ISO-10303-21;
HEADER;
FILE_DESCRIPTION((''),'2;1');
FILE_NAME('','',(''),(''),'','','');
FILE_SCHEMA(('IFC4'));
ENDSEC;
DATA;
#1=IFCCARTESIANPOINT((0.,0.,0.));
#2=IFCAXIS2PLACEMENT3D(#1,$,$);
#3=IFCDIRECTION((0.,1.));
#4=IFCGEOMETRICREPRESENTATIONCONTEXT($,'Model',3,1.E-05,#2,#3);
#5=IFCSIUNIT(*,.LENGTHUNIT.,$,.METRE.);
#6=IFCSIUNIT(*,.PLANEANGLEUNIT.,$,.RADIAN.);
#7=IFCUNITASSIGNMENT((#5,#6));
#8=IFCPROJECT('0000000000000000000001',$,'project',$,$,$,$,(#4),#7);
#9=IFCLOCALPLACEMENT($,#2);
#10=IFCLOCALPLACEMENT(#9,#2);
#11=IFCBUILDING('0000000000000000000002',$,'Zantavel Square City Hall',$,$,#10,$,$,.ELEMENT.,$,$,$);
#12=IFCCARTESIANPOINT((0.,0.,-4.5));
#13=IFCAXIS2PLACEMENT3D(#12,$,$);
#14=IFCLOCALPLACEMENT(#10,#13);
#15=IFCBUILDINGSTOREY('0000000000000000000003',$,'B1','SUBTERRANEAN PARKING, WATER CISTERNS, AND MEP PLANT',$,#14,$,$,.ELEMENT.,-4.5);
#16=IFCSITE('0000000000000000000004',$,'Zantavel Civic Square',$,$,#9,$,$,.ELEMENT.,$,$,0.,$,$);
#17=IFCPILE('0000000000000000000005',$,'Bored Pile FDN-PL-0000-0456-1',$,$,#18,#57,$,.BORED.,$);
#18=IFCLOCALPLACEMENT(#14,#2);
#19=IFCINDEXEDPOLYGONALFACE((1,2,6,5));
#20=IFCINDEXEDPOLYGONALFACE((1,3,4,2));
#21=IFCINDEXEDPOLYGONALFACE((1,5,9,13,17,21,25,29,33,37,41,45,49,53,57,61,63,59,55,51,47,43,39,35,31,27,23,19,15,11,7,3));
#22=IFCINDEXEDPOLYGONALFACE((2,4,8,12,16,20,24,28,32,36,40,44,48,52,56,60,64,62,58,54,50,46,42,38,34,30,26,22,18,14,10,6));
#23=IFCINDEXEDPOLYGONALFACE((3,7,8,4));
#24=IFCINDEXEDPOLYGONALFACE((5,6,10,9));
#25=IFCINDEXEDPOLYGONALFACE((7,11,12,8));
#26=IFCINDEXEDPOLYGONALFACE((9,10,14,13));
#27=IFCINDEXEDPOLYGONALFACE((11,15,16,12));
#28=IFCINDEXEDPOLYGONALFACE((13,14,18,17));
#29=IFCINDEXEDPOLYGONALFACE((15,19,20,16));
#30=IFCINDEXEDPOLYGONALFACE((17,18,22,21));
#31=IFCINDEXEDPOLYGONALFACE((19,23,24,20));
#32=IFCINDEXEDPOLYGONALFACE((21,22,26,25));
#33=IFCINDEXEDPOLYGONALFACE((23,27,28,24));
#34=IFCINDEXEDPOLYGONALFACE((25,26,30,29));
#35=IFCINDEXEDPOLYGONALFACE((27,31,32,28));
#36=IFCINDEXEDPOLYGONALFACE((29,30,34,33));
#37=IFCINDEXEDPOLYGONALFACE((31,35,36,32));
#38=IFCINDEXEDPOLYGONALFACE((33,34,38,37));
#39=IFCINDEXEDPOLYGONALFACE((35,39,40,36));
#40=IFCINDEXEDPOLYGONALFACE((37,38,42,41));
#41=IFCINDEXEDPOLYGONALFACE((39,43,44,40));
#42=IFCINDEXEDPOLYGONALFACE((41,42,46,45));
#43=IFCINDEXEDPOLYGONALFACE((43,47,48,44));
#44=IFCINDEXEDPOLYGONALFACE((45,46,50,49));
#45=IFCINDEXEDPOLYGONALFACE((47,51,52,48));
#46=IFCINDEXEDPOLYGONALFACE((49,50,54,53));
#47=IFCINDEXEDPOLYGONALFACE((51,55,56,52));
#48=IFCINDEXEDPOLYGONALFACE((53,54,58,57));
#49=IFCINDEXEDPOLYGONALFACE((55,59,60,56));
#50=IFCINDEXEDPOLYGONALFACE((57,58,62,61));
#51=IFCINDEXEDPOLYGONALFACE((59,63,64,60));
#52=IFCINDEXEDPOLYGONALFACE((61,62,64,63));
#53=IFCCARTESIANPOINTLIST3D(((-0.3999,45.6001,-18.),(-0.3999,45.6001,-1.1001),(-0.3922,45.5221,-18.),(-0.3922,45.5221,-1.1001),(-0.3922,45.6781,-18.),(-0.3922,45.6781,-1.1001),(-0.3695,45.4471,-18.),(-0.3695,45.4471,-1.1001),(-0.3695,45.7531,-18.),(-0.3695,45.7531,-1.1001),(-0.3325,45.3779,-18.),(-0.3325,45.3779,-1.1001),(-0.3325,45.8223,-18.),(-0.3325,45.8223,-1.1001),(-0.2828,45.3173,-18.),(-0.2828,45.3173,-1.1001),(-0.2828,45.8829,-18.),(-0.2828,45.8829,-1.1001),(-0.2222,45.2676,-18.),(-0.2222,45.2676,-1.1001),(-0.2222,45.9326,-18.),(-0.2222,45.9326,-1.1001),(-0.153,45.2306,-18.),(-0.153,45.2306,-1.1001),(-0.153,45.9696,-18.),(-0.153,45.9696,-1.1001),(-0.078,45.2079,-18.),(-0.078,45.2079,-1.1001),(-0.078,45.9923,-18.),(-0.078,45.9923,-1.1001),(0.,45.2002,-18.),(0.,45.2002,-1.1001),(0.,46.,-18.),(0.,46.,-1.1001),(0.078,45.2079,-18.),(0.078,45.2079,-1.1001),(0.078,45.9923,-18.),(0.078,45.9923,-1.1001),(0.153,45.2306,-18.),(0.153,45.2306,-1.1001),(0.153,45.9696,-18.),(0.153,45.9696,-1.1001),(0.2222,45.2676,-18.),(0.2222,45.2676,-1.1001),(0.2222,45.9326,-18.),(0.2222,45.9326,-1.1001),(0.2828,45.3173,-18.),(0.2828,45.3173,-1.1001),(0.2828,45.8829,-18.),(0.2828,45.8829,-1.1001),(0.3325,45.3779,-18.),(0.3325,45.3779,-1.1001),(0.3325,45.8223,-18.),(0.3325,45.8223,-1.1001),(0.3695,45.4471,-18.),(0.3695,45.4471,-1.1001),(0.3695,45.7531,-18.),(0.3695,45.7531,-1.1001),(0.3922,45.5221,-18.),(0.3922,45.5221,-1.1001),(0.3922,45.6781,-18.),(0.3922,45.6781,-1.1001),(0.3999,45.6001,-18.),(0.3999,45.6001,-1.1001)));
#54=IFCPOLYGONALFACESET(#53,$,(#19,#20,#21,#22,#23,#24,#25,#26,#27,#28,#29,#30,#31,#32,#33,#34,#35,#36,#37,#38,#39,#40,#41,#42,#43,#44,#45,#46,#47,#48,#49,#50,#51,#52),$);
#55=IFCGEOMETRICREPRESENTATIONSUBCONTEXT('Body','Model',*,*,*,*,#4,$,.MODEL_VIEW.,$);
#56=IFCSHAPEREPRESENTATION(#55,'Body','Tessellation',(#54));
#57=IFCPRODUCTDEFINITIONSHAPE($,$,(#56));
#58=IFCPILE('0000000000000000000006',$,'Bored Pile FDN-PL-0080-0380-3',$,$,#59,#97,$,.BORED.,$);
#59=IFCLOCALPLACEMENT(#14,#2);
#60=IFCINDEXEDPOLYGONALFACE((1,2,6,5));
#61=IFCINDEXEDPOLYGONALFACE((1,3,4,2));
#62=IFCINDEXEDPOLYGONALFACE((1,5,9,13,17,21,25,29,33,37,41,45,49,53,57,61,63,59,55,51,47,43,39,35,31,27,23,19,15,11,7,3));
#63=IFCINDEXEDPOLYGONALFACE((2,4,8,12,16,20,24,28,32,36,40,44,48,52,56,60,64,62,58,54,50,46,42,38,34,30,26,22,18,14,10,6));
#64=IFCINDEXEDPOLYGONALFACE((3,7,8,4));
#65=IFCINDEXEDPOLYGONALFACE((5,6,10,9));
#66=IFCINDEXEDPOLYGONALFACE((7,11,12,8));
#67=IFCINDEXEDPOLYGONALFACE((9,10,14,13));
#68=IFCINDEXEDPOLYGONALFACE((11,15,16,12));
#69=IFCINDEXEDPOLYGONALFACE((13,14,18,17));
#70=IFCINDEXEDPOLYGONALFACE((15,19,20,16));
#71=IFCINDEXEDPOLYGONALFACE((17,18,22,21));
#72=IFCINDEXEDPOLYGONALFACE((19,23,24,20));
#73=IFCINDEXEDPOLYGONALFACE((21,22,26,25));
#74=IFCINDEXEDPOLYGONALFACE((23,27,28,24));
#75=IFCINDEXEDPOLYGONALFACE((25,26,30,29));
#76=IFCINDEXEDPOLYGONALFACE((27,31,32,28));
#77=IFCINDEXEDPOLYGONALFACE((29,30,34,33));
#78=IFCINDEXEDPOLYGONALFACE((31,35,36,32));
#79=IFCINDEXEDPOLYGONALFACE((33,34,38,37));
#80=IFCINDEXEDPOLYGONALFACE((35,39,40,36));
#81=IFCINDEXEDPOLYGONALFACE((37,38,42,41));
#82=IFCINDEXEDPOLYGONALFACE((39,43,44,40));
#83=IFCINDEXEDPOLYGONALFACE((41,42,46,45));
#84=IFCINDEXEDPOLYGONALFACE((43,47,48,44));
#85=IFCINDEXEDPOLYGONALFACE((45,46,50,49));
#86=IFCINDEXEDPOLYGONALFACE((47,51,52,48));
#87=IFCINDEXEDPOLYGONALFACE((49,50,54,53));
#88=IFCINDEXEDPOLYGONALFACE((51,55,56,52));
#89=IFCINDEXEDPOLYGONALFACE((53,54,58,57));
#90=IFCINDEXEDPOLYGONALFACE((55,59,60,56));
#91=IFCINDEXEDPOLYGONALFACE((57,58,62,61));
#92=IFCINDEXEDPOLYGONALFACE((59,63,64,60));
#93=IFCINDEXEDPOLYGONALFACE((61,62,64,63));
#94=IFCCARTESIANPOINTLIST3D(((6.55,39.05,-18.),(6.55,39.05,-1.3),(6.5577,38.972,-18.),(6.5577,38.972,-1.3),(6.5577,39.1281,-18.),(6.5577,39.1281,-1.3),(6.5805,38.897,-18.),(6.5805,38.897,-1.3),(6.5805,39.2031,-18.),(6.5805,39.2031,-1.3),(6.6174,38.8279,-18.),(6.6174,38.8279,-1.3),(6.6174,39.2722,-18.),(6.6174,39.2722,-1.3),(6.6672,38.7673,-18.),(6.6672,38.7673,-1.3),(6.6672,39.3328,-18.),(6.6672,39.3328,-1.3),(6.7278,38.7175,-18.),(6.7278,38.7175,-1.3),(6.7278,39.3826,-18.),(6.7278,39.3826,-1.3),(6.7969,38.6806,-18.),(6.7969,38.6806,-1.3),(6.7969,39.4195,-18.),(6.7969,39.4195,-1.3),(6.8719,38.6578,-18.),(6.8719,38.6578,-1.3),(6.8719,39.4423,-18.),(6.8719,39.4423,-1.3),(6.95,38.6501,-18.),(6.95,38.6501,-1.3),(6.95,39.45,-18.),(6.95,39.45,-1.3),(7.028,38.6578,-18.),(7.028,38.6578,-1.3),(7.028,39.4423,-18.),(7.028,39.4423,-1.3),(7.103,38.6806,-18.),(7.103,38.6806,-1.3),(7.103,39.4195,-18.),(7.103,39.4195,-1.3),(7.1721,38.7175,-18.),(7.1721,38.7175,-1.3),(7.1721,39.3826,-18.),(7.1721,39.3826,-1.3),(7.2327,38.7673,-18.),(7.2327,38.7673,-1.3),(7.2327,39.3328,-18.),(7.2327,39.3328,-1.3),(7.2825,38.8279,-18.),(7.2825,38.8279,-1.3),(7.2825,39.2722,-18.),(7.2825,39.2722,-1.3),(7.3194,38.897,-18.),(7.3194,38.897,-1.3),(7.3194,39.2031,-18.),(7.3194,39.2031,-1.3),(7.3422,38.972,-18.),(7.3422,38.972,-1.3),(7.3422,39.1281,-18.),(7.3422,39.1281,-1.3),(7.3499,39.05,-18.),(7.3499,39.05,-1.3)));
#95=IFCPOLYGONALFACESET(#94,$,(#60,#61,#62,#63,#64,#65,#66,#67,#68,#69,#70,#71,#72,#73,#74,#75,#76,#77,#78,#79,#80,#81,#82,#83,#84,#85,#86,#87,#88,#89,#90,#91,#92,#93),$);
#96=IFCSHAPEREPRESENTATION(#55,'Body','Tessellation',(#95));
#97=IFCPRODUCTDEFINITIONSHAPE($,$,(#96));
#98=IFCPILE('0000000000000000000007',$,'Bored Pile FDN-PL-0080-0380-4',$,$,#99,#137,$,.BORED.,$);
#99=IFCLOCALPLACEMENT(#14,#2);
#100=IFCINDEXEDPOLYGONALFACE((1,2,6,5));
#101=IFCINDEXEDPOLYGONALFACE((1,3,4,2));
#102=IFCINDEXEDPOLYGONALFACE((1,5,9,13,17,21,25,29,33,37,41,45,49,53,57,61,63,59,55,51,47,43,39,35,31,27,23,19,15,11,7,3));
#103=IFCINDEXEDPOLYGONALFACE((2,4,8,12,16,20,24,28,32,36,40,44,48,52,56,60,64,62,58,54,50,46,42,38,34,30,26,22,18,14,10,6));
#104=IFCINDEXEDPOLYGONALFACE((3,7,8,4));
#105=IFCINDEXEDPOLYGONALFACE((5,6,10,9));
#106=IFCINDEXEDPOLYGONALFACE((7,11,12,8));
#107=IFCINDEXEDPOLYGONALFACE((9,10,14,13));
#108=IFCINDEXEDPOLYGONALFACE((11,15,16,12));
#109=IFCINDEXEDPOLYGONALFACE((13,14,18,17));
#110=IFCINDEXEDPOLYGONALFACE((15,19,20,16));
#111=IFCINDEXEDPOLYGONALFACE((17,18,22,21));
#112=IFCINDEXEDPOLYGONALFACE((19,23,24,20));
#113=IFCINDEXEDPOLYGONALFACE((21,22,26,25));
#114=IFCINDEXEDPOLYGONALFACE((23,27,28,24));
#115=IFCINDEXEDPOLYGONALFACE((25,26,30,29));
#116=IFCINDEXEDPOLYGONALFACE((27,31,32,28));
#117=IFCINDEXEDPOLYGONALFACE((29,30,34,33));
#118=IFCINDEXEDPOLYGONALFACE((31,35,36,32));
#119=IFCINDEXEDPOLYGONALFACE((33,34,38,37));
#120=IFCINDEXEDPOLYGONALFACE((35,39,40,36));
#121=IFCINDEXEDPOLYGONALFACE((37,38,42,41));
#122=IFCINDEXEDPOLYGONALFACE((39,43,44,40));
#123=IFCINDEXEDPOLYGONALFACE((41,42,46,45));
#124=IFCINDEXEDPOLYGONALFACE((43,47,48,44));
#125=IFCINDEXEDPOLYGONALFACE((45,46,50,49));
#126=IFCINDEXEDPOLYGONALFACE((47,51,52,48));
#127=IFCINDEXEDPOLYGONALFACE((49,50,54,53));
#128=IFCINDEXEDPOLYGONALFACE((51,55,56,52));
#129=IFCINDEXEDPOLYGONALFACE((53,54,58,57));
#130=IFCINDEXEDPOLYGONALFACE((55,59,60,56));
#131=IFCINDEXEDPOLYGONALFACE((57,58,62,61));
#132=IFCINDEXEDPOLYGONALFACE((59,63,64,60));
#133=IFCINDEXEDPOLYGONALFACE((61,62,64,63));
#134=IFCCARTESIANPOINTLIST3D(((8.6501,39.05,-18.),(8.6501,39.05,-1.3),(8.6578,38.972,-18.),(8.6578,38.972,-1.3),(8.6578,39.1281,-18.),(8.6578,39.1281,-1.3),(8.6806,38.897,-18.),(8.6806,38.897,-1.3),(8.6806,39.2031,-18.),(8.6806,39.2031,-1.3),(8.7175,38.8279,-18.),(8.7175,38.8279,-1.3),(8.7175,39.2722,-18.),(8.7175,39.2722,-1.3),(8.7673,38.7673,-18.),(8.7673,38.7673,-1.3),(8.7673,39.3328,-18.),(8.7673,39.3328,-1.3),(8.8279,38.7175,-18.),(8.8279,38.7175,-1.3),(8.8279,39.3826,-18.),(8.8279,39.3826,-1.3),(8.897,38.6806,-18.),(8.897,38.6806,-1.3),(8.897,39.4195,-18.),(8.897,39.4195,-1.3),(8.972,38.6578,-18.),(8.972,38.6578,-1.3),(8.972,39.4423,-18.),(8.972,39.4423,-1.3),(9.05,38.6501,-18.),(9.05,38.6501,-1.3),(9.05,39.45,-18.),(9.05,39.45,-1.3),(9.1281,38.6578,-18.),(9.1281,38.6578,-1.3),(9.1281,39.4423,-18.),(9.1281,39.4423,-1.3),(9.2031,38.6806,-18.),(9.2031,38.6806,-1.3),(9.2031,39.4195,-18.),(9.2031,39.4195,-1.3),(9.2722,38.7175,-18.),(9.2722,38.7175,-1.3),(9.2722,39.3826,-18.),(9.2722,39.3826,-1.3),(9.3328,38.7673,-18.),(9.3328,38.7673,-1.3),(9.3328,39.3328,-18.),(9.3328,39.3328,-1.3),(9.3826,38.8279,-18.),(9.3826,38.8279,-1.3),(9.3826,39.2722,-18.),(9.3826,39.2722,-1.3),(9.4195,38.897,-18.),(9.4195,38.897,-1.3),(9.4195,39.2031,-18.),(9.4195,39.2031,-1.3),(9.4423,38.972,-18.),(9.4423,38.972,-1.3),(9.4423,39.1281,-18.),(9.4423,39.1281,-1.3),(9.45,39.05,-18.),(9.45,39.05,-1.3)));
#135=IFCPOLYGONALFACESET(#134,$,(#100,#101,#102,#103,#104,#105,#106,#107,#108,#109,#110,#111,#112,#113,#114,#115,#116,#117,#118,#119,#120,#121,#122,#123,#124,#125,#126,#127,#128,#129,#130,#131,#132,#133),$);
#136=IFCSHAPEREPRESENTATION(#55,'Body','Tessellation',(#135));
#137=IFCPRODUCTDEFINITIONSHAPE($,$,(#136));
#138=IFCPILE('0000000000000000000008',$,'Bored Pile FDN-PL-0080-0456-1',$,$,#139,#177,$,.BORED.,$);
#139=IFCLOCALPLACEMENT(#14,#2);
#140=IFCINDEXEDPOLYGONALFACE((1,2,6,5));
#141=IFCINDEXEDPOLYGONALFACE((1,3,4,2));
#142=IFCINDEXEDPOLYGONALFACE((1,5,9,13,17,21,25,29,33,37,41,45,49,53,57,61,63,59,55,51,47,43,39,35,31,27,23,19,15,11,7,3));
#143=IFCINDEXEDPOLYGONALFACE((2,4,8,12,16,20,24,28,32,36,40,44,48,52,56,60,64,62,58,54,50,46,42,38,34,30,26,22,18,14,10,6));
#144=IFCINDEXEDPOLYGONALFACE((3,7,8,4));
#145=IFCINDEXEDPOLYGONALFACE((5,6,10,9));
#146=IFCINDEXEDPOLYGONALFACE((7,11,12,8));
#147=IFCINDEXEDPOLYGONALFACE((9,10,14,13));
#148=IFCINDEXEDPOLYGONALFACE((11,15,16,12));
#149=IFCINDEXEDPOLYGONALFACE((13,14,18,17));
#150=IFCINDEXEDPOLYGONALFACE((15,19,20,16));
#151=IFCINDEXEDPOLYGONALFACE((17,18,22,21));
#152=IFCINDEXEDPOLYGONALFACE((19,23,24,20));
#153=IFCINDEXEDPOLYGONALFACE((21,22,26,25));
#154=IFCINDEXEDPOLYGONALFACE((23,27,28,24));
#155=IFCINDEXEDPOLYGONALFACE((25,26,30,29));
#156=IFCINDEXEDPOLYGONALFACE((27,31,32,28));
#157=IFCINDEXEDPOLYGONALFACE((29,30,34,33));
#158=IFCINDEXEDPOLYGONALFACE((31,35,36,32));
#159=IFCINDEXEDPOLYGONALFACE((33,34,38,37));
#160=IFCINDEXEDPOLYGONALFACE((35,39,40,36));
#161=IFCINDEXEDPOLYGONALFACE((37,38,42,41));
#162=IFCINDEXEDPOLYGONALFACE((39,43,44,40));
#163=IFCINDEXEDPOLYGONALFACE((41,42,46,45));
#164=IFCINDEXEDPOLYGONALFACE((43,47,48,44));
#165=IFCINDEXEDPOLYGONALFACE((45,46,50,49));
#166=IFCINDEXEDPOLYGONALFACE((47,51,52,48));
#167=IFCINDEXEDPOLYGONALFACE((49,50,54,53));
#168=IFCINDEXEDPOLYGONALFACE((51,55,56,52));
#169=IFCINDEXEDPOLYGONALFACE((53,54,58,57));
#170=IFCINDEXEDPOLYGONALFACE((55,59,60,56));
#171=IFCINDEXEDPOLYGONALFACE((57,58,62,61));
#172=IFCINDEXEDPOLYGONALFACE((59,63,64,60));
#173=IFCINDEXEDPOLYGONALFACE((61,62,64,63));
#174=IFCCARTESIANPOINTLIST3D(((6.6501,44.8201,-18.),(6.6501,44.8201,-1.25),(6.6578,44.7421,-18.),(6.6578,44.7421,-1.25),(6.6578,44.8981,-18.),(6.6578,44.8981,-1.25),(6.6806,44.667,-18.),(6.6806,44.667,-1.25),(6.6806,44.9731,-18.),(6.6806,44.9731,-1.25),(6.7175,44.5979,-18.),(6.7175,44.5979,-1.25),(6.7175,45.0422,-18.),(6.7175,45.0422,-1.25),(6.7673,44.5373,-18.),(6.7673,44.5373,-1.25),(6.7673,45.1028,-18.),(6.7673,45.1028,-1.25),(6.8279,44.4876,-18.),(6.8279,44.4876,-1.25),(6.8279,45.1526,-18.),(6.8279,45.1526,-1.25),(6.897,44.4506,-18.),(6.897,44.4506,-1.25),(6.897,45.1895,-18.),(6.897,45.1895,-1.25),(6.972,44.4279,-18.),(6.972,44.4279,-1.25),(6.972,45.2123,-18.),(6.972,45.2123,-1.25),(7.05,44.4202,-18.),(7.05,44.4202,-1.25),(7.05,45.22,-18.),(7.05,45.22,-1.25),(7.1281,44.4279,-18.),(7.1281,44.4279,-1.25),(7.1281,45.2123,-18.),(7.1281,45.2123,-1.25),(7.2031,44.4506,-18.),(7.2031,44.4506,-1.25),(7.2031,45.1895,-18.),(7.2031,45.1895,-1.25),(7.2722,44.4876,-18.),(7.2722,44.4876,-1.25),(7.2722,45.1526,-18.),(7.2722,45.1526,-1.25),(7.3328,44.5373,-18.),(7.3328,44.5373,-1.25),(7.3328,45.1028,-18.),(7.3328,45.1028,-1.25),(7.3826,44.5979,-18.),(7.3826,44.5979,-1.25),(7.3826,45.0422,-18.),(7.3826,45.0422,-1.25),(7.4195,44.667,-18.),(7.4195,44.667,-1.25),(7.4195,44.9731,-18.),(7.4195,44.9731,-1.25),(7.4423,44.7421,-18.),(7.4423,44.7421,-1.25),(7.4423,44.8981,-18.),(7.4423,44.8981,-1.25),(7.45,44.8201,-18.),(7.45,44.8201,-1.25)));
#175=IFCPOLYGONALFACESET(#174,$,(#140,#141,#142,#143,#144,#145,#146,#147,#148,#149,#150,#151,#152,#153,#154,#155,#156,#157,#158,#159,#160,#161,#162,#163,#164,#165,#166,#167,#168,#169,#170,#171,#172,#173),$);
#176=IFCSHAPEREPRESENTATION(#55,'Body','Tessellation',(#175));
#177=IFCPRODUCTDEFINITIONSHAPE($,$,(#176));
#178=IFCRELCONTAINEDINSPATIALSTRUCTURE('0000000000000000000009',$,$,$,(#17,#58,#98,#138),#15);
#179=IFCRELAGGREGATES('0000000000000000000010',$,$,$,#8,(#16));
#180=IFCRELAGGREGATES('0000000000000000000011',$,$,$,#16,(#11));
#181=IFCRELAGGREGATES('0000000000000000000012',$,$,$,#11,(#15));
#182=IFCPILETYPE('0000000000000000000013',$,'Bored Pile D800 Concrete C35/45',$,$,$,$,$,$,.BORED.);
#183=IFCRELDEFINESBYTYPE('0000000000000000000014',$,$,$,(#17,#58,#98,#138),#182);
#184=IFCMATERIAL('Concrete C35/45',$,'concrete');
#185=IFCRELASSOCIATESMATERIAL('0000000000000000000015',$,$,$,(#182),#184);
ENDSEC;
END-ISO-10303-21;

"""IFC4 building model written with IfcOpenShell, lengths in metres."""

from ifc_helpers import new_model, si_unit, direction, frame, origin, origin_2d, place, context, subcontext, project, spatial, circle, extrude, material, material_profile, profile_set, type_object, element, save


model = new_model("IFC4")

# Units and contexts
model_context = context("Model", 3, precision=1e-05, world=origin(), true_north=direction((0.0, 1.0)))
body_context = subcontext(model_context, "Body", "Model", "MODEL_VIEW")
ifc_project = project(units=[si_unit("LENGTHUNIT", "METRE"), si_unit("PLANEANGLEUNIT", "RADIAN")], contexts=[model_context])

# Site, building, storey
site_placement = place(None, origin())
site = spatial("IfcSite", under=ifc_project, at=site_placement, Name="Zantavel Civic Square", CompositionType="ELEMENT", RefElevation=0.0)
building_placement = place(site_placement, origin())
building = spatial("IfcBuilding", under=site, at=building_placement, Name="Zantavel Square City Hall", CompositionType="ELEMENT")
storey_placement = place(building_placement, frame((0.0, 0.0, -4.5)))
storey = spatial("IfcBuildingStorey", under=building, at=storey_placement, Name="B1", Description="SUBTERRANEAN PARKING, WATER CISTERNS, AND MEP PLANT", CompositionType="ELEMENT", Elevation=-4.5)

# Piles
ifc_material_1 = material(Name="Concrete C35/45", Category="concrete")
ifc_material_profile_1 = material_profile(ifc_material_1, circle(Radius=0.3999, at=origin_2d()), Name="PILE D800")
ifc_profile_set_1 = profile_set([ifc_material_profile_1], Name="Concrete C35/45")
pile_type = type_object("IfcPileType", Name="Bored Pile D800 Concrete C35/45", PredefinedType="BORED", material=ifc_profile_set_1)
pile_placement = place(storey_placement, frame((0.0, 45.6001, -1.1001), z_axis=(0.0, 0.0, -1.0), x_axis=(1.0, 0.0, 0.0)))
element("IfcPile", 1, at=pile_placement, inside=storey, type_object=pile_type, Name="Bored Pile FDN-PL-0000-0456-1", PredefinedType="BORED", context=body_context, shape_type="SweptSolid", body=[
    extrude(circle(Radius=0.3999, at=origin_2d()), origin(), (0.0, 0.0, 1.0), 16.8999),
])
for number, where, z_axis, x_axis, name in (
    (2, (6.95, 39.05, -1.3), (0.0, 0.0, -1.0), (1.0, 0.0, 0.0), "Bored Pile FDN-PL-0080-0380-3"),
    (3, (9.05, 39.05, -1.3), (0.0, 0.0, -1.0), (1.0, 0.0, 0.0), "Bored Pile FDN-PL-0080-0380-4"),
):
    element("IfcPile", number, at=place(storey_placement, frame(where, z_axis=z_axis, x_axis=x_axis)), inside=storey, type_object=pile_type, Name=name, PredefinedType="BORED", context=body_context, shape_type="SweptSolid", body=[
        extrude(circle(Radius=0.3999, at=origin_2d()), origin(), (0.0, 0.0, 1.0), 16.7),
    ])
for number, where, z_axis, x_axis, name in (
    (4, (7.05, 44.8201, -1.25), (0.0, 0.0, -1.0), (1.0, 0.0, 0.0), "Bored Pile FDN-PL-0080-0456-1"),
):
    element("IfcPile", number, at=place(storey_placement, frame(where, z_axis=z_axis, x_axis=x_axis)), inside=storey, type_object=pile_type, Name=name, PredefinedType="BORED", context=body_context, shape_type="SweptSolid", body=[
        extrude(circle(Radius=0.3999, at=origin_2d()), origin(), (0.0, 0.0, 1.0), 16.75),
    ])

save(model, "model.ifc")
